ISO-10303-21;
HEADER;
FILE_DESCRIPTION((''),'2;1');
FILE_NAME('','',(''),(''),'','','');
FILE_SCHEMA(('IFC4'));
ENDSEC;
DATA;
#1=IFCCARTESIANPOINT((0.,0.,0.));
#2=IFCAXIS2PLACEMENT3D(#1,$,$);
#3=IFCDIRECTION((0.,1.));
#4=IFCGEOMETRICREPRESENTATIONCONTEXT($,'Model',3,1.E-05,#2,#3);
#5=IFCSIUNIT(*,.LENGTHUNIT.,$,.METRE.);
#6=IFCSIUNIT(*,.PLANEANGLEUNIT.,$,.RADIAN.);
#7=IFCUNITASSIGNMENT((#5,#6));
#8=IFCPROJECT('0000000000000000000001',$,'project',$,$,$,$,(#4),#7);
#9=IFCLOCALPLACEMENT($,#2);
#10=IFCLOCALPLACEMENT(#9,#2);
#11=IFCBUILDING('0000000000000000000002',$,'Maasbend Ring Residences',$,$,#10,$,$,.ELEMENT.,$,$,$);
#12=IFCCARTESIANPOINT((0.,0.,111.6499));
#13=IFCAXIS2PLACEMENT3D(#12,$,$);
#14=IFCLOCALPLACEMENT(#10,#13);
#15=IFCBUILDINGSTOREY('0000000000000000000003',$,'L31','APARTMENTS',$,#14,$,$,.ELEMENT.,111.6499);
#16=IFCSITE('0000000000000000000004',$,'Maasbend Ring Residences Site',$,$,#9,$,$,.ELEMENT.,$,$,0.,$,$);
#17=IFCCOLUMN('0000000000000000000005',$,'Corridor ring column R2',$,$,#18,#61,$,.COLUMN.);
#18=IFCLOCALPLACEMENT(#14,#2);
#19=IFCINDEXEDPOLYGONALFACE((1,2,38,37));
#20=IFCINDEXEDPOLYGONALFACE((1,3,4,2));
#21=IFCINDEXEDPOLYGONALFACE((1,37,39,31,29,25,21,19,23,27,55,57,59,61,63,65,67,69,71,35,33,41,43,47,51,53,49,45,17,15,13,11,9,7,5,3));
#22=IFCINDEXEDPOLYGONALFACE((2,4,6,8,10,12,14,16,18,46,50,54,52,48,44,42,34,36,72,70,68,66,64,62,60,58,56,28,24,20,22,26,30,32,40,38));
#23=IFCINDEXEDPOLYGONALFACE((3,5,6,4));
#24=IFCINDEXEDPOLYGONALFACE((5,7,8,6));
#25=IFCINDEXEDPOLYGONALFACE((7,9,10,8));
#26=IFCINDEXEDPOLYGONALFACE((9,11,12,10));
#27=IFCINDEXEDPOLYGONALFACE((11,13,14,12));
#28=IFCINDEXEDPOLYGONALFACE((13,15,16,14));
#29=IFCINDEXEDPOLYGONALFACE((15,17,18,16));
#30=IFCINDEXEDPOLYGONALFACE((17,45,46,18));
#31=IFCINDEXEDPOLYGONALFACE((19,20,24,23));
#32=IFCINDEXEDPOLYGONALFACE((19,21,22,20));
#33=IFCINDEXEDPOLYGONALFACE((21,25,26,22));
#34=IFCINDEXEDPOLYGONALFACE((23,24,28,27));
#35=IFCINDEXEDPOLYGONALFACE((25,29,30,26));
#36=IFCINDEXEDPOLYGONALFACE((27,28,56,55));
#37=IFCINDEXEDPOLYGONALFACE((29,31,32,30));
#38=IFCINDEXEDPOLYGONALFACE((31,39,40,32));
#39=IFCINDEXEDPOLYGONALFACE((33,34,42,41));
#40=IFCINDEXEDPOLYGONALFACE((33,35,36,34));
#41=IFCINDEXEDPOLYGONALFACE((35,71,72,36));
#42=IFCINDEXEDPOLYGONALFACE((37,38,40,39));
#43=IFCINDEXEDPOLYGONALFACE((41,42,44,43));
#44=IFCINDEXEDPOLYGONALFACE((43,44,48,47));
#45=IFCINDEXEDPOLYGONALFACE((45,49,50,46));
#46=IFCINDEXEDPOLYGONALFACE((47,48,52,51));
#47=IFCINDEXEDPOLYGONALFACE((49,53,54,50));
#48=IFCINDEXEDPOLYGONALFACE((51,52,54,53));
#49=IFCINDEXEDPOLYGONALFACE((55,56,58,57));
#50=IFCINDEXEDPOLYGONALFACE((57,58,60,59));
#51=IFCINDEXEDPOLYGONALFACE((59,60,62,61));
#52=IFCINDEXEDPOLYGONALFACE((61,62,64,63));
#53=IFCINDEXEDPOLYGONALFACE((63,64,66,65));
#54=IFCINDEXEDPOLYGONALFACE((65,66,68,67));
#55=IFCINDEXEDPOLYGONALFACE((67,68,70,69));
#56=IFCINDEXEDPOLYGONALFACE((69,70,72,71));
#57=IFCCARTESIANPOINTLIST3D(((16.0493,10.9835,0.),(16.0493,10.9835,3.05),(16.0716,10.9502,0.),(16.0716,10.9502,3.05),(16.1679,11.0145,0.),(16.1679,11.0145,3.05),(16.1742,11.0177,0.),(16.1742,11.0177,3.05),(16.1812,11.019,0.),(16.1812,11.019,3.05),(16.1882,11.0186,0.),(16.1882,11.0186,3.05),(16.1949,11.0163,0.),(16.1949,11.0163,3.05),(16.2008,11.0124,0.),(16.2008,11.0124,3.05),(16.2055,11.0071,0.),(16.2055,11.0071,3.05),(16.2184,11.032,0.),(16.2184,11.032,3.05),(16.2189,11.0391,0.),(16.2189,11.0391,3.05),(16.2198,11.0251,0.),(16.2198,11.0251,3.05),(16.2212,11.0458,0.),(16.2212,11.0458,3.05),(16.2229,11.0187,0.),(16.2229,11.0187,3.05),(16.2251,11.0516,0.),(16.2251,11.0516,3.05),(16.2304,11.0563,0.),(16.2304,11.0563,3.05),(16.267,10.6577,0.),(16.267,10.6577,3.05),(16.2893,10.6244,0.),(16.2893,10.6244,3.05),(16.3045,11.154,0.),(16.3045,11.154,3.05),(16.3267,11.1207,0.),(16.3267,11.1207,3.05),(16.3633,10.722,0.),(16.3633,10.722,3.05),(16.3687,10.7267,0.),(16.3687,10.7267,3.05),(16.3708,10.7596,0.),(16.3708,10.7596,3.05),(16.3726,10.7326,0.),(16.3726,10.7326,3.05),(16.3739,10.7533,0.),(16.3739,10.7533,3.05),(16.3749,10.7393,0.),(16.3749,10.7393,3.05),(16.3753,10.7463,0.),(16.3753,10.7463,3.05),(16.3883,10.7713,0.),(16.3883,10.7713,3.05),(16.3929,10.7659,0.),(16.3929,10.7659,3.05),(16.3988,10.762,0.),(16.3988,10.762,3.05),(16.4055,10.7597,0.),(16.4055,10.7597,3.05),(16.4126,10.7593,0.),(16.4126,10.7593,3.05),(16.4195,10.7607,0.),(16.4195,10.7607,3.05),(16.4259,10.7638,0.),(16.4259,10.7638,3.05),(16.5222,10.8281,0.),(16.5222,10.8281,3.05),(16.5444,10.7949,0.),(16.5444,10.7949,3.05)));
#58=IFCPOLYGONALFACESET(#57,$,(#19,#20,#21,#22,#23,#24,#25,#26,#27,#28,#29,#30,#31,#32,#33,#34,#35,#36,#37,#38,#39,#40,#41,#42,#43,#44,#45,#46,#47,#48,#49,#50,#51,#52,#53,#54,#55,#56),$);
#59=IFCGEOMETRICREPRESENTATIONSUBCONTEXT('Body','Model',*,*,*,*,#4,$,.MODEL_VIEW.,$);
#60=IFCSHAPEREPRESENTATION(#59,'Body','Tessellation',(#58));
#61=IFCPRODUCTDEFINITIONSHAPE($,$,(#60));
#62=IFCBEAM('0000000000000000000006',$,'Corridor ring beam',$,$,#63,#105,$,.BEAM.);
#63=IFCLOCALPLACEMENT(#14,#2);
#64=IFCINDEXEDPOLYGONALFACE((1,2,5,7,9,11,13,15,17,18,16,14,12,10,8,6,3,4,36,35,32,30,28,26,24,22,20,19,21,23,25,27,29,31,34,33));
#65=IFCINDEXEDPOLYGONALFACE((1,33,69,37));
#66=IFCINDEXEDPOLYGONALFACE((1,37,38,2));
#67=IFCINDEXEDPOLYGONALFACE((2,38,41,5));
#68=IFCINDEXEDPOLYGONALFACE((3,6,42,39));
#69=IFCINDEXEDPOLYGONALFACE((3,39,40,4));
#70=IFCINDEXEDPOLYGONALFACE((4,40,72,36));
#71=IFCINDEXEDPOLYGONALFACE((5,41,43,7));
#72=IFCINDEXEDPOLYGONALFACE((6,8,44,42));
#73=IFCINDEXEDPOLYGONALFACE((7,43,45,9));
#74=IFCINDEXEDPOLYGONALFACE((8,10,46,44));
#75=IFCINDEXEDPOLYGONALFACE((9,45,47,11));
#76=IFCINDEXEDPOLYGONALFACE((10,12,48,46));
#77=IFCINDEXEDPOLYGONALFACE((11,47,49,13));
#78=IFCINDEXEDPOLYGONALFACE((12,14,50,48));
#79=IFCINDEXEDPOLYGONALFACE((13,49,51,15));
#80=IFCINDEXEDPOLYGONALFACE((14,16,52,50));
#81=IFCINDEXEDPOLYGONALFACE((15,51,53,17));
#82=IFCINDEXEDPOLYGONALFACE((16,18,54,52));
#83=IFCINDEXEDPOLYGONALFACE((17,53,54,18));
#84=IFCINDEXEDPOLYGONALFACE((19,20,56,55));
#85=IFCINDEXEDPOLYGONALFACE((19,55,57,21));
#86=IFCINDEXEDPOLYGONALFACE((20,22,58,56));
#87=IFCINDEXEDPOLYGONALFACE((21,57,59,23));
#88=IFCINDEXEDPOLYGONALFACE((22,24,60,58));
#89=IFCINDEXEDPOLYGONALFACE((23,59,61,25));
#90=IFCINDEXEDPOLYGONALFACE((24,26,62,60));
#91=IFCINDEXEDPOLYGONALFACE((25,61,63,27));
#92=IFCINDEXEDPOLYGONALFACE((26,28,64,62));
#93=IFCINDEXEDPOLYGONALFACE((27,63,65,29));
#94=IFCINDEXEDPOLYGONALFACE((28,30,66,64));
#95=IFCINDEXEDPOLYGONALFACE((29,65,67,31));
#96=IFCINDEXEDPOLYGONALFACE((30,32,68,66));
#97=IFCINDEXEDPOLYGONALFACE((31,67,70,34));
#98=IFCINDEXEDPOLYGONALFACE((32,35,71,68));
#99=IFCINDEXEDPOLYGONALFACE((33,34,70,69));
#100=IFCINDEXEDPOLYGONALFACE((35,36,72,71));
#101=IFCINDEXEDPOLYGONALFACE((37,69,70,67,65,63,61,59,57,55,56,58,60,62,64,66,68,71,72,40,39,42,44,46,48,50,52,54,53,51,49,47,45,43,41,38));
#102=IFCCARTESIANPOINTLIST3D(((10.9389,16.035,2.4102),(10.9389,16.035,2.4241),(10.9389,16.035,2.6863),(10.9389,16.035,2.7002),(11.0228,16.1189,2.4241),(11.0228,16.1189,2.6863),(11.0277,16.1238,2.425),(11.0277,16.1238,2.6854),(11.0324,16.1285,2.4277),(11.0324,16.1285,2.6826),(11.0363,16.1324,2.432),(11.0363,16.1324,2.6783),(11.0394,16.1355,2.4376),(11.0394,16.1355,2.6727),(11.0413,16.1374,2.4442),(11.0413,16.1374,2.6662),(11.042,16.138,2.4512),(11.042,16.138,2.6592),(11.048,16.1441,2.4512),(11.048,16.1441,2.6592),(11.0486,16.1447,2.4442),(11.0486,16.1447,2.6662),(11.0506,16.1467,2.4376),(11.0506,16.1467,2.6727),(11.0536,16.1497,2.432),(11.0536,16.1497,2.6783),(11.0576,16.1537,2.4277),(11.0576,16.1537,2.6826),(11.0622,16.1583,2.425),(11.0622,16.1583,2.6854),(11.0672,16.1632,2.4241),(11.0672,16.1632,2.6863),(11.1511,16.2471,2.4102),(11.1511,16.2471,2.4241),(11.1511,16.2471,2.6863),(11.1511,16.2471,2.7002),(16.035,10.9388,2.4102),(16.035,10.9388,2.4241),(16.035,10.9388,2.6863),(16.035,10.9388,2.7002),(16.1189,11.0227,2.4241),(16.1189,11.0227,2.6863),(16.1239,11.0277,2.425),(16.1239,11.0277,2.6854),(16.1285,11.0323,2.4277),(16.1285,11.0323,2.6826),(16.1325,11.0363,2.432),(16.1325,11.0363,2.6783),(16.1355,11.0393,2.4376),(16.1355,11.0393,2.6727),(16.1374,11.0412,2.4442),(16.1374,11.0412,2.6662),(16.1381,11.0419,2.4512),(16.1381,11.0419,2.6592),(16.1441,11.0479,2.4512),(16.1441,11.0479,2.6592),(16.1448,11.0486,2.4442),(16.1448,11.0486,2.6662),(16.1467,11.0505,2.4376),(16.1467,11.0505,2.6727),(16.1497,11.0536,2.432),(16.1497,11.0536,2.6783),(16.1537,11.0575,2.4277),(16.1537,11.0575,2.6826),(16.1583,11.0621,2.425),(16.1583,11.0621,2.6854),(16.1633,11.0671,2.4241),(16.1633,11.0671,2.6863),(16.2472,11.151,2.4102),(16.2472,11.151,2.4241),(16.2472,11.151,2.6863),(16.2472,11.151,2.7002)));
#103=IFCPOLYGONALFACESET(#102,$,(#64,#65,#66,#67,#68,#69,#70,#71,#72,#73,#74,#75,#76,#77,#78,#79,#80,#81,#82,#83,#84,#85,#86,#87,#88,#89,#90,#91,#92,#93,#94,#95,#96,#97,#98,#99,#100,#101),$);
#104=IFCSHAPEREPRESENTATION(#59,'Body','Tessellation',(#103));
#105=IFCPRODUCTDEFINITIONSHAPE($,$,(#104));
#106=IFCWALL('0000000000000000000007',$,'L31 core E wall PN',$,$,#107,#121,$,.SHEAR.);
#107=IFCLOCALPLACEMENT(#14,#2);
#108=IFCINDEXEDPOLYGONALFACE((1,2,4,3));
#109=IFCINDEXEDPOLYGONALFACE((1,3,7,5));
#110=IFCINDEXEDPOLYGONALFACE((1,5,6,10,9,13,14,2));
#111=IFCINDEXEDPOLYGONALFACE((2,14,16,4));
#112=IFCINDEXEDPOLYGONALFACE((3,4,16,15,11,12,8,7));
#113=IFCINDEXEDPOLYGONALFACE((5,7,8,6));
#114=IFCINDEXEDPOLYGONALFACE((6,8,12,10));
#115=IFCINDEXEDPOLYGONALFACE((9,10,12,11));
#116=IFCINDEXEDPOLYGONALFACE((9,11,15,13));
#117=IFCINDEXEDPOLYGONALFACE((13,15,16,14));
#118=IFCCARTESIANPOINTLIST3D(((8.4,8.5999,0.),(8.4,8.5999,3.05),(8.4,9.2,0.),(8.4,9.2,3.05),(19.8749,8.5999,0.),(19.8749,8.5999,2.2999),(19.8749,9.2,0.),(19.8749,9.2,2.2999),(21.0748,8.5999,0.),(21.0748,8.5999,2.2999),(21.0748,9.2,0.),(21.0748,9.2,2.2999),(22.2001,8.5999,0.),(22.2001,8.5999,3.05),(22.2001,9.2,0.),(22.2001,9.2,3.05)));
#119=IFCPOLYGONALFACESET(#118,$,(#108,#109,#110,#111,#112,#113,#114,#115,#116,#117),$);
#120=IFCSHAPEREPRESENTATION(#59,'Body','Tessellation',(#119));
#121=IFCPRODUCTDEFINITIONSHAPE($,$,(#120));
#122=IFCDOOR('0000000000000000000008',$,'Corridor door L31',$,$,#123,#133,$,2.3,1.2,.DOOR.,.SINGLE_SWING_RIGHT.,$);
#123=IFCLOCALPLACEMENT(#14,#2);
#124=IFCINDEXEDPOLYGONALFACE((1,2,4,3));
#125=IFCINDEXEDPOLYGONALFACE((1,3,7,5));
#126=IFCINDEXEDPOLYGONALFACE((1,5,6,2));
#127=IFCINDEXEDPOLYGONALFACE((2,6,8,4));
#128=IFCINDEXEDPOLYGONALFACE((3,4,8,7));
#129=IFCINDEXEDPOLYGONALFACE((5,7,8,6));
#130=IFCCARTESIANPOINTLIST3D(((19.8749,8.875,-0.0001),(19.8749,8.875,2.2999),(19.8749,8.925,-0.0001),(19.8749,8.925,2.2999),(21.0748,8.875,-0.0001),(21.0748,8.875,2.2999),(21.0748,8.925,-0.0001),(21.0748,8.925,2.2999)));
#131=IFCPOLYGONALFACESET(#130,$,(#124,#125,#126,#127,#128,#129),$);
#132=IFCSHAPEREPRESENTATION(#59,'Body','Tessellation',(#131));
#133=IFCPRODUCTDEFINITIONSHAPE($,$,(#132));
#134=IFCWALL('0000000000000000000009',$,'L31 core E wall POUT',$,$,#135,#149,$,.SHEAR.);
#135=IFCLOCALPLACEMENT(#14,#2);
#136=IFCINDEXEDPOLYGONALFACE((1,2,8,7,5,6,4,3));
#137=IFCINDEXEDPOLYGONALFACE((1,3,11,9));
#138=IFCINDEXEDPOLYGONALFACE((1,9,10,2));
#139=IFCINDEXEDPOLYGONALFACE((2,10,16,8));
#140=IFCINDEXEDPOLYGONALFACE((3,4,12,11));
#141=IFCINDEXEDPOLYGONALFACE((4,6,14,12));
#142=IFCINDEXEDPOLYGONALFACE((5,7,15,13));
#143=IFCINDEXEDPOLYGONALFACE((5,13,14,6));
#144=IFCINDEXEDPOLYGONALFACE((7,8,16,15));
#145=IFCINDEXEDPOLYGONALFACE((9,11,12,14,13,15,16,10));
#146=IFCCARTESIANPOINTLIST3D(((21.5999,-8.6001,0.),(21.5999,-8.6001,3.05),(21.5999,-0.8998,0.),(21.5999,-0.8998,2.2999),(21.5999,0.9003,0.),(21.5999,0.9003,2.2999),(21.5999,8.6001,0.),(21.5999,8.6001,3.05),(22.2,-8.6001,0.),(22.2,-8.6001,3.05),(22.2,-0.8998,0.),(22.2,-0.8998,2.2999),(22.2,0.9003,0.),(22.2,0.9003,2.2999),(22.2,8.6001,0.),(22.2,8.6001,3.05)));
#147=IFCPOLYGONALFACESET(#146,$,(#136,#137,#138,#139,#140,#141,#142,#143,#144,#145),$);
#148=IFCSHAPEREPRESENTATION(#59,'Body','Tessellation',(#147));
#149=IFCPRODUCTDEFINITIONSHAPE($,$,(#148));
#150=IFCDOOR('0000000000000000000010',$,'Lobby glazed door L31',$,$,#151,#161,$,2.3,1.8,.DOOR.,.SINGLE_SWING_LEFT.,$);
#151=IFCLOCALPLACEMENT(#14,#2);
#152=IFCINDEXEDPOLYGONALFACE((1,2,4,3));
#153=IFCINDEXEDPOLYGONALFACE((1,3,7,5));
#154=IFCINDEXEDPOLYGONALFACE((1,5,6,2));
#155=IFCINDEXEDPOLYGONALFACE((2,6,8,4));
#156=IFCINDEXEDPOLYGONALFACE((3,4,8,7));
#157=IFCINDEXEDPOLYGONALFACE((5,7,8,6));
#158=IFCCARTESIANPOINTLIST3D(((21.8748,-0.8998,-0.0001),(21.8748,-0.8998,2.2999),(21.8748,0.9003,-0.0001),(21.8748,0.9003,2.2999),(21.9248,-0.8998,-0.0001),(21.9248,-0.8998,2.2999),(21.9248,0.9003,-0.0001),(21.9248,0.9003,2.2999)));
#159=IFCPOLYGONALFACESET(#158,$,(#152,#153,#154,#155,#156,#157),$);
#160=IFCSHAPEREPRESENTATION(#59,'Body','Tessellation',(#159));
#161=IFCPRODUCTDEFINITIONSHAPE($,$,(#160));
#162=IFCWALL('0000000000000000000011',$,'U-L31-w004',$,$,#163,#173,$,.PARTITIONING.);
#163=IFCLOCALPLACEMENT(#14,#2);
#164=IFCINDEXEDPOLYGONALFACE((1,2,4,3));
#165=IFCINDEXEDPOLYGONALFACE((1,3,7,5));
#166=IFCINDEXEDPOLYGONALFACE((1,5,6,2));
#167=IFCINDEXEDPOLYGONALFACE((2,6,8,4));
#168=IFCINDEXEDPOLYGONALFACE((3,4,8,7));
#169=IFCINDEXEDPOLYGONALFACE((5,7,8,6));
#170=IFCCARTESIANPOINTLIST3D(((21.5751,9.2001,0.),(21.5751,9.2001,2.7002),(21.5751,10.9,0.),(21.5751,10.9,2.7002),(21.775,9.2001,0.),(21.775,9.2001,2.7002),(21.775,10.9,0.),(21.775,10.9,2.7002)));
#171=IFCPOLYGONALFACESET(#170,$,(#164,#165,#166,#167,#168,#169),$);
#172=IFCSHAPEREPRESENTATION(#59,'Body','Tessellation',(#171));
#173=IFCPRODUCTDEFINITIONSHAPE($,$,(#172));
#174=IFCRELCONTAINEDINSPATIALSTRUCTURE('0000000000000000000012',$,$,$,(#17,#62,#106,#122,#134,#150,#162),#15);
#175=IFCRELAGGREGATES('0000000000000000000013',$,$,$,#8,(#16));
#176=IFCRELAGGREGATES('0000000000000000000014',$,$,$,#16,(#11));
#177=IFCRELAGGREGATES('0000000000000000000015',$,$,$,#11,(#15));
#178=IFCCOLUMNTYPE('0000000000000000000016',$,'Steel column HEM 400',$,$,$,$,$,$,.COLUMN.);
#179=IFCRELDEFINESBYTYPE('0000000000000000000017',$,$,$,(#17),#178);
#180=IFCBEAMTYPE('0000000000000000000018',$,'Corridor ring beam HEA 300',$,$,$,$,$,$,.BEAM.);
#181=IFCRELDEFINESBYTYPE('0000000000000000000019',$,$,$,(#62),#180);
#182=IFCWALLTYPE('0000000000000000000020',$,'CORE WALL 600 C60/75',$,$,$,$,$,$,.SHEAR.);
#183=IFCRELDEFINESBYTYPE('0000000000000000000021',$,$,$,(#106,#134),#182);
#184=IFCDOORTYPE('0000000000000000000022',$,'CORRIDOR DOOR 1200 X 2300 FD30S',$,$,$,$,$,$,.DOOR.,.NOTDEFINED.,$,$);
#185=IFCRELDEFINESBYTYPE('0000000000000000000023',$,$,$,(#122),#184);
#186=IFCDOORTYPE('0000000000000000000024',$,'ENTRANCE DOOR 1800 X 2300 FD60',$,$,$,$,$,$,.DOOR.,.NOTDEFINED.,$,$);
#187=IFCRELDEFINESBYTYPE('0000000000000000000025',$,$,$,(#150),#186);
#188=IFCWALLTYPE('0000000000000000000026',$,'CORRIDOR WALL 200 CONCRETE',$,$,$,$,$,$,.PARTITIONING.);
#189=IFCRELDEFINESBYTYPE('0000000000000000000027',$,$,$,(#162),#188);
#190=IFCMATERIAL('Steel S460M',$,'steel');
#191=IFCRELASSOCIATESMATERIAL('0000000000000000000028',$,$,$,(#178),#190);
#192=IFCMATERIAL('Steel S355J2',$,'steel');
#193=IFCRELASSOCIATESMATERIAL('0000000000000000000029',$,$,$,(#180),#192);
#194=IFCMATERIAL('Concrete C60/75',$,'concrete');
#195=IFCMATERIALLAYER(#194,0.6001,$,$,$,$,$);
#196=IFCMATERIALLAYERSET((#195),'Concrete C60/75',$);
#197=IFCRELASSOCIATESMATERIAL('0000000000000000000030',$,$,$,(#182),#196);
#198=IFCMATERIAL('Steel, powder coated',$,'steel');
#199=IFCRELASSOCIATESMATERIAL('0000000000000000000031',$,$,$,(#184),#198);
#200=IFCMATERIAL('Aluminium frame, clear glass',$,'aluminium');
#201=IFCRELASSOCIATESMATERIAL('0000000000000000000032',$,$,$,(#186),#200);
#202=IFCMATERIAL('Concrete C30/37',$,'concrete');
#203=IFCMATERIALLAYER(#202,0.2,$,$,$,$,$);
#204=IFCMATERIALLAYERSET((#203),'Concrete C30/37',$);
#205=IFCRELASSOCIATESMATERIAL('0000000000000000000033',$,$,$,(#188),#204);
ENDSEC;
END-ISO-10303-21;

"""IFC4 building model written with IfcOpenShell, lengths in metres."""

from ifc_helpers import new_model, si_unit, direction, frame, frame_2d, origin, origin_2d, place, context, subcontext, project, spatial, rectangle, i_section, extrude, material, layer, layer_set, material_profile, profile_set, type_object, element, fill, save


model = new_model("IFC4")

# Units and contexts
model_context = context("Model", 3, precision=1e-05, world=origin(), true_north=direction((0.0, 1.0)))
body_context = subcontext(model_context, "Body", "Model", "MODEL_VIEW")
ifc_project = project(units=[si_unit("LENGTHUNIT", "METRE"), si_unit("PLANEANGLEUNIT", "RADIAN")], contexts=[model_context])

# Site, building, storey
site_placement = place(None, origin())
site = spatial("IfcSite", under=ifc_project, at=site_placement, Name="Maasbend Ring Residences Site", CompositionType="ELEMENT", RefElevation=0.0)
building_placement = place(site_placement, origin())
building = spatial("IfcBuilding", under=site, at=building_placement, Name="Maasbend Ring Residences", CompositionType="ELEMENT")
storey_placement = place(building_placement, frame((0.0, 0.0, 111.6499)))
storey = spatial("IfcBuildingStorey", under=building, at=storey_placement, Name="L31", Description="APARTMENTS", CompositionType="ELEMENT", Elevation=111.6499)

# Column
ifc_material_1 = material(Name="Steel S460M", Category="steel")
ifc_material_profile_1 = material_profile(ifc_material_1, i_section(OverallWidth=0.3069, OverallDepth=0.4319, WebThickness=0.021, FlangeThickness=0.04, FilletRadius=0.0271, at=origin_2d()), Name="HEM 400")
ifc_profile_set_1 = profile_set([ifc_material_profile_1], Name="Steel S460M")
column_type = type_object("IfcColumnType", Name="Steel column HEM 400", PredefinedType="COLUMN", material=ifc_profile_set_1)
column_placement = place(storey_placement, frame((16.2969, 10.8892, 0.0), z_axis=(0.0, 0.0, 1.0), x_axis=(0.83147, 0.55557, 0.0)))
element("IfcColumn", 1, at=column_placement, inside=storey, type_object=column_type, Name="Corridor ring column R2", PredefinedType="COLUMN", context=body_context, shape_type="SweptSolid", body=[
    extrude(i_section(OverallWidth=0.3069, OverallDepth=0.4319, WebThickness=0.021, FlangeThickness=0.04, FilletRadius=0.0271, at=origin_2d()), origin(), (0.0, 0.0, 1.0), 3.05),
])

# Beam
ifc_material_2 = material(Name="Steel S355J2", Category="steel")
ifc_material_profile_2 = material_profile(ifc_material_2, i_section(OverallWidth=0.3, OverallDepth=0.29, WebThickness=0.0085, FlangeThickness=0.0139, FilletRadius=0.0271, at=origin_2d()), Name="HEA 300")
ifc_profile_set_2 = profile_set([ifc_material_profile_2], Name="Steel S355J2")
beam_type = type_object("IfcBeamType", Name="Corridor ring beam HEA 300", PredefinedType="BEAM", material=ifc_profile_set_2)
beam_placement = place(storey_placement, frame((16.1411, 11.0449, 2.5552), z_axis=(-0.707107, 0.707107, 0.0), x_axis=(-0.707107, -0.707107, 0.0)))
element("IfcBeam", 2, at=beam_placement, inside=storey, type_object=beam_type, Name="Corridor ring beam", PredefinedType="BEAM", context=body_context, shape_type="SweptSolid", body=[
    extrude(i_section(OverallWidth=0.3, OverallDepth=0.29, WebThickness=0.0085, FlangeThickness=0.0139, FilletRadius=0.0271, at=origin_2d()), origin(), (0.0, 0.0, 1.0), 7.207),
])

# Walls, openings, doors
ifc_material_3 = material(Name="Concrete C60/75", Category="concrete")
ifc_layer_1 = layer(ifc_material_3, 0.6001)
ifc_layer_set_1 = layer_set([ifc_layer_1], Name="Concrete C60/75")
wall_type_1 = type_object("IfcWallType", Name="CORE WALL 600 C60/75", PredefinedType="SHEAR", material=ifc_layer_set_1)
wall_1_placement = place(storey_placement, frame((22.2, 8.8999, 0.0), z_axis=(0.0, 0.0, 1.0), x_axis=(-1.0, 0.0, 0.0)))
wall_1 = element("IfcWall", 3, at=wall_1_placement, inside=storey, type_object=wall_type_1, Name="L31 core E wall PN", PredefinedType="SHEAR", context=body_context, shape_type="SweptSolid", body=[
    extrude(rectangle(XDim=13.8, YDim=0.6001, at=frame_2d((6.8999, 0.0))), origin(), (0.0, 0.0, 1.0), 3.05),
])
opening_1_placement = place(wall_1_placement, frame((1.125, 0.0, 0.0)))
opening_1 = element("IfcOpeningElement", 4, at=opening_1_placement, cuts=wall_1, PredefinedType="OPENING", context=body_context, shape_type="SweptSolid", body=[
    extrude(rectangle(XDim=1.2, YDim=2.3, at=frame_2d((0.6001, 1.1499))), frame((0.0, 0.3101, 0.0), z_axis=(0.0, -1.0, 0.0), x_axis=(1.0, 0.0, 0.0)), (0.0, 0.0, 1.0), 0.6201),
])
ifc_material_4 = material(Name="Steel, powder coated", Category="steel")
door_type_1 = type_object("IfcDoorType", Name="CORRIDOR DOOR 1200 X 2300 FD30S", OperationType="NOTDEFINED", PredefinedType="DOOR", material=ifc_material_4)
door_1_placement = place(opening_1_placement, origin())
door_1 = element("IfcDoor", 5, at=door_1_placement, inside=storey, type_object=door_type_1, Name="Corridor door L31", OperationType="SINGLE_SWING_RIGHT", OverallHeight=2.3, OverallWidth=1.2, PredefinedType="DOOR", context=body_context, shape_type="SweptSolid", body=[
    extrude(rectangle(XDim=1.2, YDim=2.3, at=frame_2d((0.6001, 1.1499))), frame((0.0, 0.0249, 0.0), z_axis=(0.0, -1.0, 0.0), x_axis=(1.0, 0.0, 0.0)), (0.0, 0.0, 1.0), 0.05),
])
fill(opening_1, door_1)
wall_2_placement = place(storey_placement, frame((21.8999, 8.6001, 0.0), z_axis=(0.0, 0.0, 1.0), x_axis=(0.0, -1.0, 0.0)))
wall_2 = element("IfcWall", 6, at=wall_2_placement, inside=storey, type_object=wall_type_1, Name="L31 core E wall POUT", PredefinedType="SHEAR", context=body_context, shape_type="SweptSolid", body=[
    extrude(rectangle(XDim=17.2002, YDim=0.6001, at=frame_2d((8.6001, 0.0))), origin(), (0.0, 0.0, 1.0), 3.05),
])
opening_2_placement = place(wall_2_placement, frame((7.7, 0.0, 0.0)))
opening_2 = element("IfcOpeningElement", 7, at=opening_2_placement, cuts=wall_2, PredefinedType="OPENING", context=body_context, shape_type="SweptSolid", body=[
    extrude(rectangle(XDim=1.8, YDim=2.3, at=frame_2d((0.8999, 1.1499))), frame((0.0, 0.3101, 0.0), z_axis=(0.0, -1.0, 0.0), x_axis=(1.0, 0.0, 0.0)), (0.0, 0.0, 1.0), 0.6201),
])
ifc_material_5 = material(Name="Aluminium frame, clear glass", Category="aluminium")
door_type_2 = type_object("IfcDoorType", Name="ENTRANCE DOOR 1800 X 2300 FD60", OperationType="NOTDEFINED", PredefinedType="DOOR", material=ifc_material_5)
door_2_placement = place(opening_2_placement, origin())
door_2 = element("IfcDoor", 8, at=door_2_placement, inside=storey, type_object=door_type_2, Name="Lobby glazed door L31", OperationType="SINGLE_SWING_LEFT", OverallHeight=2.3, OverallWidth=1.8, PredefinedType="DOOR", context=body_context, shape_type="SweptSolid", body=[
    extrude(rectangle(XDim=1.8, YDim=2.3, at=frame_2d((0.8999, 1.1499))), frame((0.0, 0.0249, 0.0), z_axis=(0.0, -1.0, 0.0), x_axis=(1.0, 0.0, 0.0)), (0.0, 0.0, 1.0), 0.05),
])
fill(opening_2, door_2)

# Wall
ifc_material_6 = material(Name="Concrete C30/37", Category="concrete")
ifc_layer_2 = layer(ifc_material_6, 0.2)
ifc_layer_set_2 = layer_set([ifc_layer_2], Name="Concrete C30/37")
wall_type_2 = type_object("IfcWallType", Name="CORRIDOR WALL 200 CONCRETE", PredefinedType="PARTITIONING", material=ifc_layer_set_2)
wall_3_placement = place(storey_placement, frame((21.675, 9.2, 0.0), z_axis=(0.0, 0.0, 1.0), x_axis=(0.0, 1.0, 0.0)))
element("IfcWall", 9, at=wall_3_placement, inside=storey, type_object=wall_type_2, Name="U-L31-w004", PredefinedType="PARTITIONING", context=body_context, shape_type="SweptSolid", body=[
    extrude(rectangle(XDim=1.7, YDim=0.2, at=frame_2d((0.8501, 0.0))), origin(), (0.0, 0.0, 1.0), 2.7002),
])

save(model, "model.ifc")
